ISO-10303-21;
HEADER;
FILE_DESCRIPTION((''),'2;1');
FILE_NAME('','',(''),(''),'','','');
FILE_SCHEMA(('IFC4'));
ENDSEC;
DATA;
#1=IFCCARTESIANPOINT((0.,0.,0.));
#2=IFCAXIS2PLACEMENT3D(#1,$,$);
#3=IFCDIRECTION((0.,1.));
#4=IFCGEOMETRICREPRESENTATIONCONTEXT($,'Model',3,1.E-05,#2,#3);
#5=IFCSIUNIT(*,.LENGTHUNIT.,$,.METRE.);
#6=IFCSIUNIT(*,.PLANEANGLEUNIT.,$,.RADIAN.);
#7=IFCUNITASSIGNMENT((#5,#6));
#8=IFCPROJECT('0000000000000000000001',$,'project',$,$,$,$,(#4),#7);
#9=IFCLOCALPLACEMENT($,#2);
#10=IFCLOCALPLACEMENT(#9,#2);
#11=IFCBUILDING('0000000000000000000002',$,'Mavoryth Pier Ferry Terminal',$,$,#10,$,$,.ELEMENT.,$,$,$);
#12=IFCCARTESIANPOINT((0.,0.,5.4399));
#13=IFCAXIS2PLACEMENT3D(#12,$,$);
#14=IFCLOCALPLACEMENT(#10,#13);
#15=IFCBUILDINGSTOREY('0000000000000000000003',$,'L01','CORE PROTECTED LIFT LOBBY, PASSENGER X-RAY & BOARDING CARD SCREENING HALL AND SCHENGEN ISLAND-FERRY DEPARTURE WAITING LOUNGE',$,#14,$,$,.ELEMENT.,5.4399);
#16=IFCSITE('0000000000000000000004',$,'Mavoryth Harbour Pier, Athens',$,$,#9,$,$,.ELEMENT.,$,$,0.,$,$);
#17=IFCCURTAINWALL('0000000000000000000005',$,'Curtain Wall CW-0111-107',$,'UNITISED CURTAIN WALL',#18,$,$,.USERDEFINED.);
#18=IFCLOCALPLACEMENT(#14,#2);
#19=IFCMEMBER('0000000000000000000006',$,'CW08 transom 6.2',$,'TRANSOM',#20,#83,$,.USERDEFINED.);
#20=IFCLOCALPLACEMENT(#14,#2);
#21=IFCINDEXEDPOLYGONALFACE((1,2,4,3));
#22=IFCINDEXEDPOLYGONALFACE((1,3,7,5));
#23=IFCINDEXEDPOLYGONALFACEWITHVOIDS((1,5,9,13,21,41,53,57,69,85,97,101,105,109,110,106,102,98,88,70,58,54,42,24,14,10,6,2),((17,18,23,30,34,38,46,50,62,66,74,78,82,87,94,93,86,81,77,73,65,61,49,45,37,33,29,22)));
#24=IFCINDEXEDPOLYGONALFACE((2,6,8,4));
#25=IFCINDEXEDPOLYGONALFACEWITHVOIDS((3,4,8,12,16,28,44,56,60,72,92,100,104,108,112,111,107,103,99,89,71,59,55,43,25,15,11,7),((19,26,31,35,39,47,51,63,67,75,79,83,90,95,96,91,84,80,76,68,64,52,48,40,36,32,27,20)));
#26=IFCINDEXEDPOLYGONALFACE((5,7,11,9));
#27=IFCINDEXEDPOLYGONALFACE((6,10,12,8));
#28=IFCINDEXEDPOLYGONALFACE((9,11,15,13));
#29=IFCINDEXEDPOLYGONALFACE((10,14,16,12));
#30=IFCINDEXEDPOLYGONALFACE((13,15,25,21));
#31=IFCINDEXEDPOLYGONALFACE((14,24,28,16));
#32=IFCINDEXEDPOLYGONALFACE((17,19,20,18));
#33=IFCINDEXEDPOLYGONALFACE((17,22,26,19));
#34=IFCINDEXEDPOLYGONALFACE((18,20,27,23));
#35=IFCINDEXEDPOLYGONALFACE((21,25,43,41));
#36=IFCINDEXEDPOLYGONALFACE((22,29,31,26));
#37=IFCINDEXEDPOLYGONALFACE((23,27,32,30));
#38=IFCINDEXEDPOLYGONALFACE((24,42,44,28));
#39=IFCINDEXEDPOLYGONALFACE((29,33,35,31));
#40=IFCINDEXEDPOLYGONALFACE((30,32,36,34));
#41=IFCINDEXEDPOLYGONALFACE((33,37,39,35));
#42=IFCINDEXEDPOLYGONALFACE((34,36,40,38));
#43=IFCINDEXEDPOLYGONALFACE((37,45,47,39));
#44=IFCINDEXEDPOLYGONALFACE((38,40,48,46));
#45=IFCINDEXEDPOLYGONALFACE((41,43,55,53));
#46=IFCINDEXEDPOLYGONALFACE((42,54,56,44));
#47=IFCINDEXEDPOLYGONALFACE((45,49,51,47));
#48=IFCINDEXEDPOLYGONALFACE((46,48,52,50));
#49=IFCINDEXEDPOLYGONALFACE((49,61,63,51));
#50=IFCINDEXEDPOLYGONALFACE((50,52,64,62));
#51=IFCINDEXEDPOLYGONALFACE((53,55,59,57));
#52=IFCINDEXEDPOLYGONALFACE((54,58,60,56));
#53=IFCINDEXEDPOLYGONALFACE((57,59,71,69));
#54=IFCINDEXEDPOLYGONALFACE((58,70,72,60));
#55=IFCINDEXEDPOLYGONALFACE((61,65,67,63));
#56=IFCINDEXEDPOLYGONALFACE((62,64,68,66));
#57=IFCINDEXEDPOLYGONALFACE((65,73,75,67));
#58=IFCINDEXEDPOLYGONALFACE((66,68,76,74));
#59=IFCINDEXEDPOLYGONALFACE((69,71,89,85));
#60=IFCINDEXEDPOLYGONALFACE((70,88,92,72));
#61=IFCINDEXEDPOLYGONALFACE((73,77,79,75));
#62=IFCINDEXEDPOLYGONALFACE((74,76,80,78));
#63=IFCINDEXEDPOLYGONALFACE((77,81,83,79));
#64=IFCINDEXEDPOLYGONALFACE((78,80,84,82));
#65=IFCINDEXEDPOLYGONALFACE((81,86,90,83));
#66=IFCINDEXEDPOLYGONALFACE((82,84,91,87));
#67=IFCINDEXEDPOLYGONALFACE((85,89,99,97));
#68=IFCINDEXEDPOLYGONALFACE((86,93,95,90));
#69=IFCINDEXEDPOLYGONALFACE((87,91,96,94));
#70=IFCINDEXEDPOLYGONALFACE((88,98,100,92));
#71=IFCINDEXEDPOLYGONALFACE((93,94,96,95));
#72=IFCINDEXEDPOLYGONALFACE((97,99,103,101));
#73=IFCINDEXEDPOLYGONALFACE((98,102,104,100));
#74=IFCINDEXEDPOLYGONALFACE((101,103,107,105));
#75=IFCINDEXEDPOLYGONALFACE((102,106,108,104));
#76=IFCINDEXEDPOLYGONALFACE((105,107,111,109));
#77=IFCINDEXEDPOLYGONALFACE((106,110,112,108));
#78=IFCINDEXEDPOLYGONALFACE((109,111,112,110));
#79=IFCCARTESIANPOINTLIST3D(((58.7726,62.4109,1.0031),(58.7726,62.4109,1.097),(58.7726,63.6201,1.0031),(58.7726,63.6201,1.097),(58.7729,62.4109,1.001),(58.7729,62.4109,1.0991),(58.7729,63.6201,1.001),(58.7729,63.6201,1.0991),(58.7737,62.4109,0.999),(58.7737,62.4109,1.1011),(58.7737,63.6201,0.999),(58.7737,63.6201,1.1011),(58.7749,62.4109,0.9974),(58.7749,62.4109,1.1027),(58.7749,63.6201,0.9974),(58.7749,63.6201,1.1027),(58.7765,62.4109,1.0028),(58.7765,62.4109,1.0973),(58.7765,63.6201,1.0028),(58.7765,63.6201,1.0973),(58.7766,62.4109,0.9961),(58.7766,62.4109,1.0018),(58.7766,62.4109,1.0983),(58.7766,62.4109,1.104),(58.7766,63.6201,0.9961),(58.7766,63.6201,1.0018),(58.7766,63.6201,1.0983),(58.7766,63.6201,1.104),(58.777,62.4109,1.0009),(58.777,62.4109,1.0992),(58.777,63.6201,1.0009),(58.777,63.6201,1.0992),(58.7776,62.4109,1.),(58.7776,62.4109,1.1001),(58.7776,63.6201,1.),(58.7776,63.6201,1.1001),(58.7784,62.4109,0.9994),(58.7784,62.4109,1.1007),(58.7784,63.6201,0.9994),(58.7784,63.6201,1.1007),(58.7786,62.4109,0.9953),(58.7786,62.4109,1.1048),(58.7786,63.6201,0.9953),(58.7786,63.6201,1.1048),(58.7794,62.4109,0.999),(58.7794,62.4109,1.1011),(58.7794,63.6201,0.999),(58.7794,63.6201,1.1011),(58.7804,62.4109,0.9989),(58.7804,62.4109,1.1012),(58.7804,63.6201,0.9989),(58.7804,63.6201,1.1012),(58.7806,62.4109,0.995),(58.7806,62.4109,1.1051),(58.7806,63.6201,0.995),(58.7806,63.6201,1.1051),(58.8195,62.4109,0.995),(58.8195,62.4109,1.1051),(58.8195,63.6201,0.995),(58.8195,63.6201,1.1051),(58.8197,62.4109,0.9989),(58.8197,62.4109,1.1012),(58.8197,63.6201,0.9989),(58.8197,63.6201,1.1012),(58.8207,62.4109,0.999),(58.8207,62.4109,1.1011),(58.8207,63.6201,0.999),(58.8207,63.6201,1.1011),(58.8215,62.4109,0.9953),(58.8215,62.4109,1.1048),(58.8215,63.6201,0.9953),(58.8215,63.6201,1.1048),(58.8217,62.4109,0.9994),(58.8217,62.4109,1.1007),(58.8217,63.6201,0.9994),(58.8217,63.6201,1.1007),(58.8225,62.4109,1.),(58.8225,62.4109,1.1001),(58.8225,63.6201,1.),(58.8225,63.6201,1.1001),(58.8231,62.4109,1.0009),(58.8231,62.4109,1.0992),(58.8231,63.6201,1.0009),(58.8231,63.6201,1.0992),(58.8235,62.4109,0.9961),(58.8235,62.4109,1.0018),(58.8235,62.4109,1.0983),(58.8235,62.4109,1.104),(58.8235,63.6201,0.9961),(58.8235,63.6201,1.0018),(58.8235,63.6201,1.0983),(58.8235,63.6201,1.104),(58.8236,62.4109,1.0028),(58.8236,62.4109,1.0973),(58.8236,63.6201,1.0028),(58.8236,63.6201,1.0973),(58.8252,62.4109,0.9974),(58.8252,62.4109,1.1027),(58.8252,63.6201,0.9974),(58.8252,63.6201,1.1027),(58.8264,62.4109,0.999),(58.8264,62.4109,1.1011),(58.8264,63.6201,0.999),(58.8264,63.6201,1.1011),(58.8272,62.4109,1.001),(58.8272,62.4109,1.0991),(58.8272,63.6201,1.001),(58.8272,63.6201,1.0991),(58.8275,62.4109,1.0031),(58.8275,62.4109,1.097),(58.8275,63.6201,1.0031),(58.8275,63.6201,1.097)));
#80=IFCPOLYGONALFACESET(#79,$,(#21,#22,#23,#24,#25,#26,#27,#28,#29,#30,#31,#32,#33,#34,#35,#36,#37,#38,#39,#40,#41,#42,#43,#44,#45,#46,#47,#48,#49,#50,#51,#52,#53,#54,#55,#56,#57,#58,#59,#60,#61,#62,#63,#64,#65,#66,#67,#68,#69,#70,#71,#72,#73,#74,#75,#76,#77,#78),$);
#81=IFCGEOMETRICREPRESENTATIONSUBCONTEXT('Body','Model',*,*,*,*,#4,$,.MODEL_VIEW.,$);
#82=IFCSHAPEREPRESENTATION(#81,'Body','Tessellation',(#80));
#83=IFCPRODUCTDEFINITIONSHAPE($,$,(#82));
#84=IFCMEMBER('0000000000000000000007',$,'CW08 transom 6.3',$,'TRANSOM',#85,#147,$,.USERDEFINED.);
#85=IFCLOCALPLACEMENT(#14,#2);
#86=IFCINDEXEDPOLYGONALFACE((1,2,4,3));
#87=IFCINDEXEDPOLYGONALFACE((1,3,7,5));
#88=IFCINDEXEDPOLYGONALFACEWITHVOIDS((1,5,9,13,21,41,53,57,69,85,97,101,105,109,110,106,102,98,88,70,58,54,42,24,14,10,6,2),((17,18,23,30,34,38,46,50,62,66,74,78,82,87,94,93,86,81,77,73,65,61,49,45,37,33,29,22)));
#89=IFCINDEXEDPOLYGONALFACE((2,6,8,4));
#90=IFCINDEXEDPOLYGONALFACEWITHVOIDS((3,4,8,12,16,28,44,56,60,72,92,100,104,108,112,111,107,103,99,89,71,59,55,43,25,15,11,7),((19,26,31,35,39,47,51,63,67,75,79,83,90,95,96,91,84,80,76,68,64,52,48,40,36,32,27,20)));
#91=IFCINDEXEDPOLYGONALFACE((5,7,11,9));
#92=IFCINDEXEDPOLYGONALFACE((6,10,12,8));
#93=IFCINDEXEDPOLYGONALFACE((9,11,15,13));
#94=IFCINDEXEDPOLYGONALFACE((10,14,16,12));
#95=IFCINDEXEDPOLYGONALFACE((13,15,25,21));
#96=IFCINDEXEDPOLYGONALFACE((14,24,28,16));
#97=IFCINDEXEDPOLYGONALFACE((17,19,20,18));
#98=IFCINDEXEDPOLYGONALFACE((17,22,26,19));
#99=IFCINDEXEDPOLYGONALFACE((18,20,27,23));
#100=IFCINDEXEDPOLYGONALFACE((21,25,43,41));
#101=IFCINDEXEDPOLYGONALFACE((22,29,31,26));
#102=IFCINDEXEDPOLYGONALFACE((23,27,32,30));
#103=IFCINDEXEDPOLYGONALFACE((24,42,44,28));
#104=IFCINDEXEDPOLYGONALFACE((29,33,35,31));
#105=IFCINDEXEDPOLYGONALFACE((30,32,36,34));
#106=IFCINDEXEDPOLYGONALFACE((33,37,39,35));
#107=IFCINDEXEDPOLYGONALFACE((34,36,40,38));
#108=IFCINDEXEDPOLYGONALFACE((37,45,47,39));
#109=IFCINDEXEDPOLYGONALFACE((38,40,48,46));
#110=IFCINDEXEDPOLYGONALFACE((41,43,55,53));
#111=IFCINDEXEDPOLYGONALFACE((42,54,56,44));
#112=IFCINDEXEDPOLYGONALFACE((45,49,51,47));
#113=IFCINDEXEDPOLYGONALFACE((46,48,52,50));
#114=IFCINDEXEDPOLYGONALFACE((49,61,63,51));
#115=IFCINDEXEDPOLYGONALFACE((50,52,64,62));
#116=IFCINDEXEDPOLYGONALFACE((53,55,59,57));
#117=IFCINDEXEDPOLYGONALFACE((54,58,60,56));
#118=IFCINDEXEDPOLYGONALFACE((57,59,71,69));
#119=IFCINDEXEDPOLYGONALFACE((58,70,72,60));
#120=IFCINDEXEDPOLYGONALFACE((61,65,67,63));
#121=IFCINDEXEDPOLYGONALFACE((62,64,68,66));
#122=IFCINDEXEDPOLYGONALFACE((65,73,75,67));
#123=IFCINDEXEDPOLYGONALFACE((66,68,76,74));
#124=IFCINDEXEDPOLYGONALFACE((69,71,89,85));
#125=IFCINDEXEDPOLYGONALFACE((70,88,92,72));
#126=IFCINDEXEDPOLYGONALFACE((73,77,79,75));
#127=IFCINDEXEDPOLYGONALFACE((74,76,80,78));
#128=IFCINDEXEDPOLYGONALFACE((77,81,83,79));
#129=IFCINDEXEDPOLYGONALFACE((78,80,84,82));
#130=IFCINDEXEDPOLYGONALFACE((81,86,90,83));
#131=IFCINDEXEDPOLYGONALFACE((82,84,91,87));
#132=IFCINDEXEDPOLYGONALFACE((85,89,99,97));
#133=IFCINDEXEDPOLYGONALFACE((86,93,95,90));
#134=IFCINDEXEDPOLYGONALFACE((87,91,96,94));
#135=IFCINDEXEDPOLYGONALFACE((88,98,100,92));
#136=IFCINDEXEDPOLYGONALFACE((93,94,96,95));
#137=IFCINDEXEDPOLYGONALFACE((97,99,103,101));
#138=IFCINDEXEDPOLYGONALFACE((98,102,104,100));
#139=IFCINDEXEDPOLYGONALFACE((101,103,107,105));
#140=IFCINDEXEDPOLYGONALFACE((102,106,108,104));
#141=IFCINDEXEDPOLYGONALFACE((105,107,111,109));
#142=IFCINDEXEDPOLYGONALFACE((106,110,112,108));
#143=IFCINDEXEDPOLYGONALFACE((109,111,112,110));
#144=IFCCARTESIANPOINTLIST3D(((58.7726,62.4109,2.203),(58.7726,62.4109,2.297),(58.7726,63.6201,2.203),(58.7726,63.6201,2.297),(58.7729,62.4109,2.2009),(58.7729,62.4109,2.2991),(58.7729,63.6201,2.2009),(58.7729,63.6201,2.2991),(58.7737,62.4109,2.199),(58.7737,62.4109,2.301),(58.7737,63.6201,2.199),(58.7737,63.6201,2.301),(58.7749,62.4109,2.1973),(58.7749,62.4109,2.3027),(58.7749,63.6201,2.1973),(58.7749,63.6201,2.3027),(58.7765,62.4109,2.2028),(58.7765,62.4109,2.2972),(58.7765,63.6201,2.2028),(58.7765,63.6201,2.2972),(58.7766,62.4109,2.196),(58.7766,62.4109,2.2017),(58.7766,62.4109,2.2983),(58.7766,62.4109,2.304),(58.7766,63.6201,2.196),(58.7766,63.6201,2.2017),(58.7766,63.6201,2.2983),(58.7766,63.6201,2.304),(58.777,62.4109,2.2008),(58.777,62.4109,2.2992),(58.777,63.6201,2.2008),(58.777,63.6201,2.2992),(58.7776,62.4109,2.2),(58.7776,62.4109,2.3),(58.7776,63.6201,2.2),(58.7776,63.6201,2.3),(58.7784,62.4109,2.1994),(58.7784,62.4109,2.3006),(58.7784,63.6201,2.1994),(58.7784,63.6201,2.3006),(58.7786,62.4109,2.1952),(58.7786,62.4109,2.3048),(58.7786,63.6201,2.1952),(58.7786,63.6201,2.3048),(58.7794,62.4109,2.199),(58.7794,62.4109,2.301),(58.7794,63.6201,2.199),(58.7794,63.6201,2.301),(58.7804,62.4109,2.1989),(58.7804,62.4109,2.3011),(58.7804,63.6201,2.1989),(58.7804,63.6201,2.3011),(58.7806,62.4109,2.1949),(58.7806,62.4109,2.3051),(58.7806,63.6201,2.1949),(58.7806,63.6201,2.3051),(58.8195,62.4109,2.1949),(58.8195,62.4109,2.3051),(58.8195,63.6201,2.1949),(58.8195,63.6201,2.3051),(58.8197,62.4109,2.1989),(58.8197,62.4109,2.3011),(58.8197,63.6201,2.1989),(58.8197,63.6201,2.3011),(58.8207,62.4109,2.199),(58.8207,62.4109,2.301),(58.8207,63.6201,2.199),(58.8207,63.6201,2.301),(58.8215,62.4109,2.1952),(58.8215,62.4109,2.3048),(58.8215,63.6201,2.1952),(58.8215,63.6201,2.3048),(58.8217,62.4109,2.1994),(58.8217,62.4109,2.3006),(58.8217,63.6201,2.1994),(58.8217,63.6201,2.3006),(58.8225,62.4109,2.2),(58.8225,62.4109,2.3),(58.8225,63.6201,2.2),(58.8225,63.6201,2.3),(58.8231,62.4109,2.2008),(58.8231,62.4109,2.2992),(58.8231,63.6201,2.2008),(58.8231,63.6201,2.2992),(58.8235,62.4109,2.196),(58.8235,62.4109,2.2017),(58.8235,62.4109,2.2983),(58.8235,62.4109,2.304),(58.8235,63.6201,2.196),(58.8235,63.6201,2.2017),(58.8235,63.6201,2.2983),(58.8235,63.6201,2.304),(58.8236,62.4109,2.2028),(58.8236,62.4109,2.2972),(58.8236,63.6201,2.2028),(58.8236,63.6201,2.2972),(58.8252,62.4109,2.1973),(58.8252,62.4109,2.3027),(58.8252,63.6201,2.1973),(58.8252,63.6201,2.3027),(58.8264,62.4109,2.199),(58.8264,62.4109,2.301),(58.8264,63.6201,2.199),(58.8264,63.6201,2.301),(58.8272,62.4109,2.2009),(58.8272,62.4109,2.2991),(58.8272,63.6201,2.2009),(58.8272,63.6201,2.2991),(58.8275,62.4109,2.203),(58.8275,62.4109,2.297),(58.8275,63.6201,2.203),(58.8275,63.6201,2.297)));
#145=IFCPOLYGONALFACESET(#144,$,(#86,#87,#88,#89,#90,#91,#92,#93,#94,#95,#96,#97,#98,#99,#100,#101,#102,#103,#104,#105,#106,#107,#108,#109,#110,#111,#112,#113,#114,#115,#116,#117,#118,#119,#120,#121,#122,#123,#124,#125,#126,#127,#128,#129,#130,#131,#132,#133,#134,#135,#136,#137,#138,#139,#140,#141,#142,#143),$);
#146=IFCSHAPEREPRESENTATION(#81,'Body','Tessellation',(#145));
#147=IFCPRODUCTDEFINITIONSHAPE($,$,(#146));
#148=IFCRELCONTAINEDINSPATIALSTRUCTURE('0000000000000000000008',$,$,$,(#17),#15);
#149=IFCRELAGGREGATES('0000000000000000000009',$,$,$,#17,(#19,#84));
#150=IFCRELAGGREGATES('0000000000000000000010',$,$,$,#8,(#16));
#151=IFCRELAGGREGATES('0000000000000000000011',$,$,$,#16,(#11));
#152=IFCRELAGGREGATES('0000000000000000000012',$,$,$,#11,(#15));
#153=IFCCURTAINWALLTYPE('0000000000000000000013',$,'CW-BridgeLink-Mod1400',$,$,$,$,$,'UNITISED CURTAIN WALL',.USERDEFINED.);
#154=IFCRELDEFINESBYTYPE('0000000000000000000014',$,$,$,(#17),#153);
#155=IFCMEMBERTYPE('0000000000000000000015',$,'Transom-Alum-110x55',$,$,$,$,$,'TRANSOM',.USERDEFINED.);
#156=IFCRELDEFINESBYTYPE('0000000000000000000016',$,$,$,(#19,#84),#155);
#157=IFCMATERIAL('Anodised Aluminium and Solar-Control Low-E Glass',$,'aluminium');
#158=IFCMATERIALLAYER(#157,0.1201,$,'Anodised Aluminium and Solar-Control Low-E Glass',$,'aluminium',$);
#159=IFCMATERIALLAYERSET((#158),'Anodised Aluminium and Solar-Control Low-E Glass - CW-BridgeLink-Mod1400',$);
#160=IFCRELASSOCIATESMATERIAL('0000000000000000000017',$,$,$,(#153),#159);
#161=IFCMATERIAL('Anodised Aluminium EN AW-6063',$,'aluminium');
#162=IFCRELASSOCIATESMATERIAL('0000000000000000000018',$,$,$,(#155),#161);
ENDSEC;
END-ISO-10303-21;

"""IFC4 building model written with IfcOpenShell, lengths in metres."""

from ifc_helpers import new_model, si_unit, direction, frame, origin, origin_2d, place, context, subcontext, project, spatial, hollow_rectangle, extrude, material, layer, layer_set, material_profile, profile_set, type_object, element, aggregate, save


model = new_model("IFC4")

# Units and contexts
model_context = context("Model", 3, precision=1e-05, world=origin(), true_north=direction((0.0, 1.0)))
body_context = subcontext(model_context, "Body", "Model", "MODEL_VIEW")
ifc_project = project(units=[si_unit("LENGTHUNIT", "METRE"), si_unit("PLANEANGLEUNIT", "RADIAN")], contexts=[model_context])

# Site, building, storey
site_placement = place(None, origin())
site = spatial("IfcSite", under=ifc_project, at=site_placement, Name="Mavoryth Harbour Pier, Athens", CompositionType="ELEMENT", RefElevation=0.0)
building_placement = place(site_placement, origin())
building = spatial("IfcBuilding", under=site, at=building_placement, Name="Mavoryth Pier Ferry Terminal", CompositionType="ELEMENT")
storey_placement = place(building_placement, frame((0.0, 0.0, 5.4399)))
storey = spatial("IfcBuildingStorey", under=building, at=storey_placement, Name="L01", Description="CORE PROTECTED LIFT LOBBY, PASSENGER X-RAY & BOARDING CARD SCREENING HALL AND SCHENGEN ISLAND-FERRY DEPARTURE WAITING LOUNGE", CompositionType="ELEMENT", Elevation=5.4399)

# Curtain wall
ifc_material_1 = material(Name="Anodised Aluminium and Solar-Control Low-E Glass", Category="aluminium")
ifc_layer_1 = layer(ifc_material_1, 0.1201, Name="Anodised Aluminium and Solar-Control Low-E Glass", Category="aluminium")
ifc_layer_set_1 = layer_set([ifc_layer_1], Name="Anodised Aluminium and Solar-Control Low-E Glass - CW-BridgeLink-Mod1400")
curtain_wall_type = type_object("IfcCurtainWallType", Name="CW-BridgeLink-Mod1400", ElementType="UNITISED CURTAIN WALL", PredefinedType="USERDEFINED", material=ifc_layer_set_1)
curtain_wall_1_placement = place(storey_placement, origin())
curtain_wall_1 = element("IfcCurtainWall", 1, at=curtain_wall_1_placement, inside=storey, type_object=curtain_wall_type, Name="Curtain Wall CW-0111-107", ObjectType="UNITISED CURTAIN WALL", PredefinedType="USERDEFINED")
ifc_material_2 = material(Name="Anodised Aluminium EN AW-6063", Category="aluminium")

# Members
ifc_material_profile_1 = material_profile(ifc_material_2, hollow_rectangle(XDim=0.0549, YDim=0.1101, WallThickness=0.0039, InnerFilletRadius=0.0039, OuterFilletRadius=0.0081, at=origin_2d()), Name="AL-TRAN 110x55x4", Category="aluminium")
ifc_profile_set_1 = profile_set([ifc_material_profile_1], Name="Anodised Aluminium EN AW-6063 - AL-TRAN 110x55x4")
member_type_1 = type_object("IfcMemberType", Name="Transom-Alum-110x55", ElementType="TRANSOM", PredefinedType="USERDEFINED", material=ifc_profile_set_1)
member_1_placement = place(storey_placement, frame((58.8, 62.4109, 1.05), z_axis=(0.0, 1.0, 0.0), x_axis=(-1.0, 0.0, 0.0)))
member_1 = element("IfcMember", 2, at=member_1_placement, type_object=member_type_1, Name="CW08 transom 6.2", ObjectType="TRANSOM", PredefinedType="USERDEFINED", context=body_context, shape_type="SweptSolid", body=[
    extrude(hollow_rectangle(XDim=0.0549, YDim=0.1101, WallThickness=0.0039, InnerFilletRadius=0.0039, OuterFilletRadius=0.0081, at=origin_2d()), origin(), (0.0, 0.0, 1.0), 1.2092),
])
member_2_placement = place(storey_placement, frame((58.8, 62.4109, 2.25), z_axis=(0.0, 1.0, 0.0), x_axis=(-1.0, 0.0, 0.0)))
member_2 = element("IfcMember", 3, at=member_2_placement, type_object=member_type_1, Name="CW08 transom 6.3", ObjectType="TRANSOM", PredefinedType="USERDEFINED", context=body_context, shape_type="SweptSolid", body=[
    extrude(hollow_rectangle(XDim=0.0549, YDim=0.1101, WallThickness=0.0039, InnerFilletRadius=0.0039, OuterFilletRadius=0.0081, at=origin_2d()), origin(), (0.0, 0.0, 1.0), 1.2092),
])

aggregate(curtain_wall_1, [member_1, member_2])

save(model, "model.ifc")
